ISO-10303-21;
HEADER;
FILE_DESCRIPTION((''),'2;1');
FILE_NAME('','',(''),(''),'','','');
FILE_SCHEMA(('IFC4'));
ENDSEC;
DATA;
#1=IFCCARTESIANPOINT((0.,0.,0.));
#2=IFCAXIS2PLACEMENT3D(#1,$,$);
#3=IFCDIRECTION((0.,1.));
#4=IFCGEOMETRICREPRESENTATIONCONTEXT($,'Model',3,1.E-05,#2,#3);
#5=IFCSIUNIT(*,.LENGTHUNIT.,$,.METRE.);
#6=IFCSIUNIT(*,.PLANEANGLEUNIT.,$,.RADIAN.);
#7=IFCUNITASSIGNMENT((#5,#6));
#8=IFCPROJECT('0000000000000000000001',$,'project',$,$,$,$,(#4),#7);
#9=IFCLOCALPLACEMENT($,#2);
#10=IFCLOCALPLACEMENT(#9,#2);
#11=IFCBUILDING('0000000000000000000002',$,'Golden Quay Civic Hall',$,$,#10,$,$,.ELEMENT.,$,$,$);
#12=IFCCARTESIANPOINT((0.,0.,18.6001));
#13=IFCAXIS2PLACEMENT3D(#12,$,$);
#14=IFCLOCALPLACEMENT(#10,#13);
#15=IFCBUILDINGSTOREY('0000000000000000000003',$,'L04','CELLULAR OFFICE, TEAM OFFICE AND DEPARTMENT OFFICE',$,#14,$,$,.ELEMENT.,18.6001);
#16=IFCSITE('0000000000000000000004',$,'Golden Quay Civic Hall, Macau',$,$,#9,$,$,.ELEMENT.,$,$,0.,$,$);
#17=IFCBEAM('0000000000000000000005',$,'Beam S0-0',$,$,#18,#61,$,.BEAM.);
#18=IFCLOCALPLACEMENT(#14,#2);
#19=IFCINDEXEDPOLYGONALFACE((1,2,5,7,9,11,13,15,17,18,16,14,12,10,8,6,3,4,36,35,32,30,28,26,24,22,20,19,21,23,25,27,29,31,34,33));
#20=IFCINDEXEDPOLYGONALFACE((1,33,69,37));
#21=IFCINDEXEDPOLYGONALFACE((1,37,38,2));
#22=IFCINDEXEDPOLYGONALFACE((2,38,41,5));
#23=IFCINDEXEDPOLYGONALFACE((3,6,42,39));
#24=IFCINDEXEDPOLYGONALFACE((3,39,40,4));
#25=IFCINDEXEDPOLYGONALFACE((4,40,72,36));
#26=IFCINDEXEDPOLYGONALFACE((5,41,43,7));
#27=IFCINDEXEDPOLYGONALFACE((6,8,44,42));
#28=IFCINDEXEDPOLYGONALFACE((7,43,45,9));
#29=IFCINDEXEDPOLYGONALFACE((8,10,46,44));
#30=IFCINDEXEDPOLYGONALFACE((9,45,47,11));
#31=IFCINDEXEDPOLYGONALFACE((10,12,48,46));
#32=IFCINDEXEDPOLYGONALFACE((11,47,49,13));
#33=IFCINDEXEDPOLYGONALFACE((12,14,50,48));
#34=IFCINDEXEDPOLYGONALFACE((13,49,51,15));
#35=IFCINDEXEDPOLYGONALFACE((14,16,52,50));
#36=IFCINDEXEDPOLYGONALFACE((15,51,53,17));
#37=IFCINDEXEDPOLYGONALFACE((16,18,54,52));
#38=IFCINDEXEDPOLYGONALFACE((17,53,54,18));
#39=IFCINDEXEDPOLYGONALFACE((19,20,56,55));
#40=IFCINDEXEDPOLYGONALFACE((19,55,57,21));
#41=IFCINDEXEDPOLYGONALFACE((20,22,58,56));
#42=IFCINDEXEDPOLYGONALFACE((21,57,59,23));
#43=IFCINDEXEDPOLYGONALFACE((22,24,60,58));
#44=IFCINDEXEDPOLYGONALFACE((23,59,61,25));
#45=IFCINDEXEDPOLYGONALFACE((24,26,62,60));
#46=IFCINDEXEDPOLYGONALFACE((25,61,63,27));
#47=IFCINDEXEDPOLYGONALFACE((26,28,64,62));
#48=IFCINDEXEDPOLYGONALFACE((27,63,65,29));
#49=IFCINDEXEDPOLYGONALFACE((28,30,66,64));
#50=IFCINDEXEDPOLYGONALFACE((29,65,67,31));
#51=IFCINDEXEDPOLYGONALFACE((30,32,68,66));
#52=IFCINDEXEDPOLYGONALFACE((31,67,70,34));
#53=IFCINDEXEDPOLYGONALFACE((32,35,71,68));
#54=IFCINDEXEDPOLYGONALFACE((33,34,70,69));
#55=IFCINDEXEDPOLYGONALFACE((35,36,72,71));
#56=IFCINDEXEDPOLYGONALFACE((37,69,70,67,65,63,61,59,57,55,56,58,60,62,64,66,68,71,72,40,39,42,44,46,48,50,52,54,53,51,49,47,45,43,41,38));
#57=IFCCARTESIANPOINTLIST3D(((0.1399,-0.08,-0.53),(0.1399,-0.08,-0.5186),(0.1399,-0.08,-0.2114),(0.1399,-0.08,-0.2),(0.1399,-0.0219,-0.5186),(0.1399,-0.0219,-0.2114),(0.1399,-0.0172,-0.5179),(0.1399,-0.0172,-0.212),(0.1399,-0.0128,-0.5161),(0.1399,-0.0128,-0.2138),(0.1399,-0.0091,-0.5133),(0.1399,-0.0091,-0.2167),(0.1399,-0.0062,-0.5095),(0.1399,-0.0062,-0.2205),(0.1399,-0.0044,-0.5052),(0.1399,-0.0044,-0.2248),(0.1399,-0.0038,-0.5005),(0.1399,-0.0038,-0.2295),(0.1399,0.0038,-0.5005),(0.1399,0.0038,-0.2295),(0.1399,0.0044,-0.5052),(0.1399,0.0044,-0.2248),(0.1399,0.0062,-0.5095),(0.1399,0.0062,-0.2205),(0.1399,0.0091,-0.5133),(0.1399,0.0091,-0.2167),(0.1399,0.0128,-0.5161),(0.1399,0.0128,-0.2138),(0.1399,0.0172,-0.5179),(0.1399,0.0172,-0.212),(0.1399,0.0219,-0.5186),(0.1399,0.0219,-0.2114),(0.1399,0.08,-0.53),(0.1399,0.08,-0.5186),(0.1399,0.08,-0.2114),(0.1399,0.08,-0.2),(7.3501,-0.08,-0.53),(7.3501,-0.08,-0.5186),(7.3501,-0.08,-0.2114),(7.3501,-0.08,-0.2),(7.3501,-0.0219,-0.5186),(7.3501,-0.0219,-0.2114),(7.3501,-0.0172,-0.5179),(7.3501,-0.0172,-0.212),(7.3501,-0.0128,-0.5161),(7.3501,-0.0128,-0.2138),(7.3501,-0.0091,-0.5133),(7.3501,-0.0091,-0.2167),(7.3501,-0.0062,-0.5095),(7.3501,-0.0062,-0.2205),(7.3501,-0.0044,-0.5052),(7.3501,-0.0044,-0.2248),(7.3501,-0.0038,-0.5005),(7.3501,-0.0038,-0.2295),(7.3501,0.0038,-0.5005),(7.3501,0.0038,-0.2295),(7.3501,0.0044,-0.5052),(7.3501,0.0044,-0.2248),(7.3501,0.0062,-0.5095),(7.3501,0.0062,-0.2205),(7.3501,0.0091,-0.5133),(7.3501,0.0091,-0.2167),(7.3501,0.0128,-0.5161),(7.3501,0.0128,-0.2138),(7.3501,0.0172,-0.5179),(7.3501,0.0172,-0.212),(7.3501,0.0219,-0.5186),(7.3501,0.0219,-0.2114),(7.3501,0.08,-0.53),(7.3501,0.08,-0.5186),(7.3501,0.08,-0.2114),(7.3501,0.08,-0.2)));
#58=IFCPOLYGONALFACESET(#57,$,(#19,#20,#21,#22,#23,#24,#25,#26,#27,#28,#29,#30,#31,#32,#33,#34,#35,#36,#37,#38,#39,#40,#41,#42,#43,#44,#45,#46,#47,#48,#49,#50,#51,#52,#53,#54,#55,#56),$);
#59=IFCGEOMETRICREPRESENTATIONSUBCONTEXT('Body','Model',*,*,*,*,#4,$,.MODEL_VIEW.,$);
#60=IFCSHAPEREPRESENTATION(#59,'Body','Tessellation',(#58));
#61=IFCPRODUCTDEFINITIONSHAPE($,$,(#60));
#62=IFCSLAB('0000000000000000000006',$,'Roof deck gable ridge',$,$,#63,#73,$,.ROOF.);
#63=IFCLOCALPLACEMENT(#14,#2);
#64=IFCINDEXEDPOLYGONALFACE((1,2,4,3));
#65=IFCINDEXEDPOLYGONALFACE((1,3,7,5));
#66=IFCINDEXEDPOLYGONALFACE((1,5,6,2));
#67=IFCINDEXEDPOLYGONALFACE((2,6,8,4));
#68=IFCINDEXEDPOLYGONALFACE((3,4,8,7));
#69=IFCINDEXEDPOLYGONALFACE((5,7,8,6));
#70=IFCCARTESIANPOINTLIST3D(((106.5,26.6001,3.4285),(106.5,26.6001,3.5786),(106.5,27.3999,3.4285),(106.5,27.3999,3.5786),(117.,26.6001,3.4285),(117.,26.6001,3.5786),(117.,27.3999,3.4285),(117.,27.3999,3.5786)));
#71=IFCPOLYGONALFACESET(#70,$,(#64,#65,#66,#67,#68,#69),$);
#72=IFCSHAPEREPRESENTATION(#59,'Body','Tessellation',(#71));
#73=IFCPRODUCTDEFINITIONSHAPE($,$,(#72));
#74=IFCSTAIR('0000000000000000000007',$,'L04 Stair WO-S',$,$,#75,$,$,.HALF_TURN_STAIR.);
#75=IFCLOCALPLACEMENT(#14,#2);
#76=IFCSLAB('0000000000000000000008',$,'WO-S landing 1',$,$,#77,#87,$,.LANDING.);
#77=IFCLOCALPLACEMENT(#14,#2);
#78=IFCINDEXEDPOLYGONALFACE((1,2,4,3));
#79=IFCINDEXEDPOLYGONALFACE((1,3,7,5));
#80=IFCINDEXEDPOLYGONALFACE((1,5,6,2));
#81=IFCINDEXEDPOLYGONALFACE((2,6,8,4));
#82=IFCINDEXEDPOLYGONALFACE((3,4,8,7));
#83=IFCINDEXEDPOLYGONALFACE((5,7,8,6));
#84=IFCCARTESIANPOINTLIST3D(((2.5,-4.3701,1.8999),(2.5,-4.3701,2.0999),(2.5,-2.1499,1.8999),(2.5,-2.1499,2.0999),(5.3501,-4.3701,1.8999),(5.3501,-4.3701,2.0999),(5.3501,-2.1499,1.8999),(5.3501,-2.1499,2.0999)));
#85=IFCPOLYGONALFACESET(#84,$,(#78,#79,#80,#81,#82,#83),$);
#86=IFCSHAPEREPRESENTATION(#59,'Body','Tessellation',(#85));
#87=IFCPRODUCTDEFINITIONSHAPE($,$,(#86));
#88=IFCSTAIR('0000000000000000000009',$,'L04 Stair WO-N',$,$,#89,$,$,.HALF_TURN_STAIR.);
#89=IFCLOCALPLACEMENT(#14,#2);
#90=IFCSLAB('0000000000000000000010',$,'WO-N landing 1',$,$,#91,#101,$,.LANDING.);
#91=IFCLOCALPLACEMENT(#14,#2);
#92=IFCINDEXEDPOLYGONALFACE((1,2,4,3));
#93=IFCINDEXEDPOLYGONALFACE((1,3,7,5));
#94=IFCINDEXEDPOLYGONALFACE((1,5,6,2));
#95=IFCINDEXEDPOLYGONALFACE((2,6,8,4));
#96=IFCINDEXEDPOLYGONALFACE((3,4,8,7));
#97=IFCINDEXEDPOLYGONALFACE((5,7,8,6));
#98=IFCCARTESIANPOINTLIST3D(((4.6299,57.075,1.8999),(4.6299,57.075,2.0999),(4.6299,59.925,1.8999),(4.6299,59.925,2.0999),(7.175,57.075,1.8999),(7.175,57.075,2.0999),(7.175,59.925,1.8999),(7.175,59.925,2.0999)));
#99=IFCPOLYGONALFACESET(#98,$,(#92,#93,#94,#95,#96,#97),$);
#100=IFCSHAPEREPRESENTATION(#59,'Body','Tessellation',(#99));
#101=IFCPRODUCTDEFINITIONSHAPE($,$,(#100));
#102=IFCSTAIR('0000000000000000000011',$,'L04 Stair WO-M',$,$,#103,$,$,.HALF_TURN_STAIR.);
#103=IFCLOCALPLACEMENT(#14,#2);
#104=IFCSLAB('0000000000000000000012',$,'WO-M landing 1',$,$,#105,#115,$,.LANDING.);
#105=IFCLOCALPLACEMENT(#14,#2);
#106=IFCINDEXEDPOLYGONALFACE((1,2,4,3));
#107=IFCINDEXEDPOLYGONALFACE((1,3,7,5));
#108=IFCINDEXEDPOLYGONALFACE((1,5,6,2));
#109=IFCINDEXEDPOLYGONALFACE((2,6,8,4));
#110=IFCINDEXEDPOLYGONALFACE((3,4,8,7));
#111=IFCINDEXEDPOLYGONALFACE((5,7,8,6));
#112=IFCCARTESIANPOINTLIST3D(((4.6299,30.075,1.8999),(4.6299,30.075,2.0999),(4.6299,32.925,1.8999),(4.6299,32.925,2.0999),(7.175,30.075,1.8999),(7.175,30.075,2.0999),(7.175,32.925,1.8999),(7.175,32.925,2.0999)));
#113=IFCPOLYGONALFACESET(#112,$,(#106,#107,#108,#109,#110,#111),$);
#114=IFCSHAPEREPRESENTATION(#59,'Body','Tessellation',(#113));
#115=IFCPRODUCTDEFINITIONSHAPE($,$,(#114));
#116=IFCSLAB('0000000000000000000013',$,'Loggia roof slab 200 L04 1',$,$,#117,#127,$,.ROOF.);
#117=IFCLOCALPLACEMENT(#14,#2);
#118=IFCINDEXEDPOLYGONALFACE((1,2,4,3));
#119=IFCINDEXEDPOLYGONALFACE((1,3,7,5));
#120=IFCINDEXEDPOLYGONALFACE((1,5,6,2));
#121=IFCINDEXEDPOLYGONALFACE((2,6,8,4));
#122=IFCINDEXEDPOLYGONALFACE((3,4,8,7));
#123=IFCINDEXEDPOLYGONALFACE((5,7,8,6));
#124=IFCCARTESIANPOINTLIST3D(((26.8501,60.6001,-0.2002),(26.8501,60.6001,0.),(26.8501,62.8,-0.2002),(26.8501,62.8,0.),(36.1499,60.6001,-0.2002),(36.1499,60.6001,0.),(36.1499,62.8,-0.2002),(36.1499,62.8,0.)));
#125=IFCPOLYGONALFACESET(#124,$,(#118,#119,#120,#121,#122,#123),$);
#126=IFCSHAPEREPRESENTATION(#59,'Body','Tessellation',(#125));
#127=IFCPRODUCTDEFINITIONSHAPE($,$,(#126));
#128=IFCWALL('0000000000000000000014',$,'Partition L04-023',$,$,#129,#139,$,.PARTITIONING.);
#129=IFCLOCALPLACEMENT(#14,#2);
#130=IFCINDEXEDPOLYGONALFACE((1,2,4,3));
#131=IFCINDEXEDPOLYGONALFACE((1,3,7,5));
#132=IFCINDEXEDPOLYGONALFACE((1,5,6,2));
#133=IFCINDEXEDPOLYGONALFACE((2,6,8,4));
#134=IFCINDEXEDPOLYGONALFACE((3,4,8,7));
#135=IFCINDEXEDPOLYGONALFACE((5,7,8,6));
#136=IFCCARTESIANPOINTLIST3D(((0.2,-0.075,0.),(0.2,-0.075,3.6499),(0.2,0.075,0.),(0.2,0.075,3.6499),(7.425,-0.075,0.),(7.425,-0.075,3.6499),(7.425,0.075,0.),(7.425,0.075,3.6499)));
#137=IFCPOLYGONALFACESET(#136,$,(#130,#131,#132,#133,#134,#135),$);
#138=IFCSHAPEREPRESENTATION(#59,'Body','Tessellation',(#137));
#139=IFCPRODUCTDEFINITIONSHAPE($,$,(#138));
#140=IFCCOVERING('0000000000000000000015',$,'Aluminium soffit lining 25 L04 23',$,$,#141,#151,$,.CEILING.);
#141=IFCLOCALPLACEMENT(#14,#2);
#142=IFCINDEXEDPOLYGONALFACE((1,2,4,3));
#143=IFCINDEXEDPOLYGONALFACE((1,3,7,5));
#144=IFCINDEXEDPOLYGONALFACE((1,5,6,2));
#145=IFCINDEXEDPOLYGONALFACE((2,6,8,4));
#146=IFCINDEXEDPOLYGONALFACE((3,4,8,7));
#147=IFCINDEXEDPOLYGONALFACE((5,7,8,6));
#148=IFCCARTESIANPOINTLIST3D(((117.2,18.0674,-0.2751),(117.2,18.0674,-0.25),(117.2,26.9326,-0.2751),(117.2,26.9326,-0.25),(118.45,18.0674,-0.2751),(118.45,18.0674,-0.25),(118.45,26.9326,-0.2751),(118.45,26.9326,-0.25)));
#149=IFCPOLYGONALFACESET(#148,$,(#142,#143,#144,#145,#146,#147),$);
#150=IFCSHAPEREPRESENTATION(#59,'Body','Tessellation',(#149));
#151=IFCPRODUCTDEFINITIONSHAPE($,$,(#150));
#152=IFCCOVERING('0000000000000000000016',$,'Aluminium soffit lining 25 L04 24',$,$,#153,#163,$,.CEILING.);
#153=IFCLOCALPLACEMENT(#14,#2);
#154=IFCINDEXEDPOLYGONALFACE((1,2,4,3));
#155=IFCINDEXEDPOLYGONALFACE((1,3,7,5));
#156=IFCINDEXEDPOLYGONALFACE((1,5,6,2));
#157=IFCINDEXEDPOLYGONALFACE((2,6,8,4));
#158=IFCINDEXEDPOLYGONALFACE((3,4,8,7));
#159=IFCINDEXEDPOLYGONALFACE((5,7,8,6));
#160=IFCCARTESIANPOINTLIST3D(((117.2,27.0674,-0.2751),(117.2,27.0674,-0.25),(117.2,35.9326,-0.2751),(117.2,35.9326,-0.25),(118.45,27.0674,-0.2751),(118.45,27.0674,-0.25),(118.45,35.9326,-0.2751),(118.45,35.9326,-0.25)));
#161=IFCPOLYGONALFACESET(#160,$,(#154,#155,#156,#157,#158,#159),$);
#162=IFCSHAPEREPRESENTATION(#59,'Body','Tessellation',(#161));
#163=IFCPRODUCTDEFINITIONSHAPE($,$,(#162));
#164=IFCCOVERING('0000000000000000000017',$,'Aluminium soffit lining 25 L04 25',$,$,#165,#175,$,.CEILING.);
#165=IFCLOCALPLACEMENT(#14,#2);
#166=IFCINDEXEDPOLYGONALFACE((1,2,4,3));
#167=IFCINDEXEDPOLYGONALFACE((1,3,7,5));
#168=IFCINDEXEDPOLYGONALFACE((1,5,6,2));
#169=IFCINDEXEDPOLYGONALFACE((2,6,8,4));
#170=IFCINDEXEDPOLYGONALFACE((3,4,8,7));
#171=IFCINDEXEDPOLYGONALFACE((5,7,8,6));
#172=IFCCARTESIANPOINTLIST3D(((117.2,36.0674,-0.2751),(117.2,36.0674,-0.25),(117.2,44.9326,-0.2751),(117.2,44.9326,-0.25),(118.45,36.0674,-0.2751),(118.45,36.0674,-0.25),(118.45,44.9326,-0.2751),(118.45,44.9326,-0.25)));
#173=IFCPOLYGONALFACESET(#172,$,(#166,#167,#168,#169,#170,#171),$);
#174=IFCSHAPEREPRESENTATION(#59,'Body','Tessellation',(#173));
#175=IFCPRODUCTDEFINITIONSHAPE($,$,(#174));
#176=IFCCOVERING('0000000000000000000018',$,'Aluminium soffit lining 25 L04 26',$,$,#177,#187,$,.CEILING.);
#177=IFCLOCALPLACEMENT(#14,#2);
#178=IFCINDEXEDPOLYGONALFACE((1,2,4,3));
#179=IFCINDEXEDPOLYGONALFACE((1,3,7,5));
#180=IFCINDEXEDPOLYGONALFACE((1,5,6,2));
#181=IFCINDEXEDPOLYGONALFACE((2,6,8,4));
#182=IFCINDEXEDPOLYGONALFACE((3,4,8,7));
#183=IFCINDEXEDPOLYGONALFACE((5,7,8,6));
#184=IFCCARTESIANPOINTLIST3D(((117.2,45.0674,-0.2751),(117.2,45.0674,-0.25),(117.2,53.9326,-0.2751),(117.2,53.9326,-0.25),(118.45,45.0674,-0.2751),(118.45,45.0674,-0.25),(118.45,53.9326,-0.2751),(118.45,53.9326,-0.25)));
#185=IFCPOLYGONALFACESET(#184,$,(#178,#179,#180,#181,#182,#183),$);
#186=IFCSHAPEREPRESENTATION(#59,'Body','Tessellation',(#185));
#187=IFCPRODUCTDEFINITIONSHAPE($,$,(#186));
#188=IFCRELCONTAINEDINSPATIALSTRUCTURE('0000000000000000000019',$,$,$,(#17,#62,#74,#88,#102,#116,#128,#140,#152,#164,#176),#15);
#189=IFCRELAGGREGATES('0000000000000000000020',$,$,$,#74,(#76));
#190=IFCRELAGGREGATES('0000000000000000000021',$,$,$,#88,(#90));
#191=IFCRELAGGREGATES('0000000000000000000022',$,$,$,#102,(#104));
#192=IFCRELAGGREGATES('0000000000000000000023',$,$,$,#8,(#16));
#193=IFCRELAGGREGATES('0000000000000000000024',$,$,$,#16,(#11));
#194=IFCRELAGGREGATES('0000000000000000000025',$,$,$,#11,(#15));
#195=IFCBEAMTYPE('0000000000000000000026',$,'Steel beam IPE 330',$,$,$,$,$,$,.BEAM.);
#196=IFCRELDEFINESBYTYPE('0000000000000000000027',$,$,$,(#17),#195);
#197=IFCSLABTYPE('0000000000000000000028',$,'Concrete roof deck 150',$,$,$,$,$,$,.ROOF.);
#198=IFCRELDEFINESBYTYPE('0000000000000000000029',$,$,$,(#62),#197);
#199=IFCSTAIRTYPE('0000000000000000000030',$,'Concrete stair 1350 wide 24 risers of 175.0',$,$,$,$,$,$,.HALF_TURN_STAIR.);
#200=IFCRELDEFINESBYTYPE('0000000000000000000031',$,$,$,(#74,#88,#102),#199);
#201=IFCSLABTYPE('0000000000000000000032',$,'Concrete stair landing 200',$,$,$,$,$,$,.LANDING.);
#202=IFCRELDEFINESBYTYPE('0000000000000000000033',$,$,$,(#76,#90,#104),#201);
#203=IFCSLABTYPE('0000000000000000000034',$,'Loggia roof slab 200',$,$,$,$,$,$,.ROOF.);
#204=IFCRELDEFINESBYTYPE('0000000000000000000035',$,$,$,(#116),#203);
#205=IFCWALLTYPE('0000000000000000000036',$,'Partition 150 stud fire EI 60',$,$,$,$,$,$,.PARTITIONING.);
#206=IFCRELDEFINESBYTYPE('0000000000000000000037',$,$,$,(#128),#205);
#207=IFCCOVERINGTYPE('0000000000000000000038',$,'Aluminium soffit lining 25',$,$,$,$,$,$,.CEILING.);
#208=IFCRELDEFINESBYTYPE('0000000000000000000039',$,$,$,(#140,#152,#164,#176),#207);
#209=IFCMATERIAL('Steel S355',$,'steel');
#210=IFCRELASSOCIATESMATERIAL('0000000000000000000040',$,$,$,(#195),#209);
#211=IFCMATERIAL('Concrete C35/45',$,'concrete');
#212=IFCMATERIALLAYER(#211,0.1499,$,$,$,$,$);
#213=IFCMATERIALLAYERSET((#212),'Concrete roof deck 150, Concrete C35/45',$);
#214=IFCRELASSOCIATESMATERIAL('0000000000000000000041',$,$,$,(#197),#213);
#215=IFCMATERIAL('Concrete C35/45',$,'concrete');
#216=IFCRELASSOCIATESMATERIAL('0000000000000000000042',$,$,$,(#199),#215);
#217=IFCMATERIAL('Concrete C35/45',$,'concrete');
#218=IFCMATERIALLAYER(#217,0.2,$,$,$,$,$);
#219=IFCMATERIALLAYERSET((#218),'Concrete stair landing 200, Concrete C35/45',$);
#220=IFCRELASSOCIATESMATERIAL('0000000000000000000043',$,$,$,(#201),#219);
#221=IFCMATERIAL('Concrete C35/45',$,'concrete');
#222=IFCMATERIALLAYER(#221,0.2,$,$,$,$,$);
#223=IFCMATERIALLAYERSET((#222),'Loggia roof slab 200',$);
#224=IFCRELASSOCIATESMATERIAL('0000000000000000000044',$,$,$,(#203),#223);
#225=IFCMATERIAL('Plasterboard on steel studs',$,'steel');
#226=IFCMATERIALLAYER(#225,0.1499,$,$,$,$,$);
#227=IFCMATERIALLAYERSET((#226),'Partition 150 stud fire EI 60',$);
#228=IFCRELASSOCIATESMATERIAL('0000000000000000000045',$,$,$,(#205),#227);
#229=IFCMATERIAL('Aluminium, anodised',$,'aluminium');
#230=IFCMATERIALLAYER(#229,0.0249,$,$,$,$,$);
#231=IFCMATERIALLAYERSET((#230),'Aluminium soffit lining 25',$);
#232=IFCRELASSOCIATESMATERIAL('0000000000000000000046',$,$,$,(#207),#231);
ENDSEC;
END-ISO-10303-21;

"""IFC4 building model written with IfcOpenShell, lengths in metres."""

from ifc_helpers import new_model, si_unit, direction, frame, frame_2d, origin, origin_2d, place, context, subcontext, project, spatial, polyline, rectangle, i_section, outline, extrude, material, layer, layer_set, material_profile, profile_set, type_object, element, aggregate, save


model = new_model("IFC4")

# Units and contexts
model_context = context("Model", 3, precision=1e-05, world=origin(), true_north=direction((0.0, 1.0)))
body_context = subcontext(model_context, "Body", "Model", "MODEL_VIEW")
ifc_project = project(units=[si_unit("LENGTHUNIT", "METRE"), si_unit("PLANEANGLEUNIT", "RADIAN")], contexts=[model_context])

# Site, building, storey
site_placement = place(None, origin())
site = spatial("IfcSite", under=ifc_project, at=site_placement, Name="Golden Quay Civic Hall, Macau", CompositionType="ELEMENT", RefElevation=0.0)
building_placement = place(site_placement, origin())
building = spatial("IfcBuilding", under=site, at=building_placement, Name="Golden Quay Civic Hall", CompositionType="ELEMENT")
storey_placement = place(building_placement, frame((0.0, 0.0, 18.6001)))
storey = spatial("IfcBuildingStorey", under=building, at=storey_placement, Name="L04", Description="CELLULAR OFFICE, TEAM OFFICE AND DEPARTMENT OFFICE", CompositionType="ELEMENT", Elevation=18.6001)

# Beam
ifc_material_1 = material(Name="Steel S355", Category="steel")
ifc_material_profile = material_profile(ifc_material_1, i_section(OverallWidth=0.1599, OverallDepth=0.3301, WebThickness=0.0076, FlangeThickness=0.0115, FilletRadius=0.0181, at=origin_2d()), Name="IPE 330")
ifc_profile_set = profile_set([ifc_material_profile], Name="Steel S355")
beam_type = type_object("IfcBeamType", Name="Steel beam IPE 330", PredefinedType="BEAM", material=ifc_profile_set)
beam_placement = place(storey_placement, frame((0.1399, 0.0, -0.365), z_axis=(1.0, 0.0, 0.0), x_axis=(0.0, 1.0, 0.0)))
element("IfcBeam", 1, at=beam_placement, inside=storey, type_object=beam_type, Name="Beam S0-0", PredefinedType="BEAM", context=body_context, shape_type="SweptSolid", body=[
    extrude(i_section(OverallWidth=0.1599, OverallDepth=0.3301, WebThickness=0.0076, FlangeThickness=0.0115, FilletRadius=0.0181, at=origin_2d()), origin(), (0.0, 0.0, 1.0), 7.2102),
])

# Slab
ifc_material_2 = material(Name="Concrete C35/45", Category="concrete")
ifc_layer_1 = layer(ifc_material_2, 0.1499)
ifc_layer_set_1 = layer_set([ifc_layer_1], Name="Concrete roof deck 150, Concrete C35/45")
slab_type_1 = type_object("IfcSlabType", Name="Concrete roof deck 150", PredefinedType="ROOF", material=ifc_layer_set_1)
slab_1_placement = place(storey_placement, frame((0.0, 0.0, 3.4285)))
element("IfcSlab", 2, at=slab_1_placement, inside=storey, type_object=slab_type_1, Name="Roof deck gable ridge", PredefinedType="ROOF", context=body_context, shape_type="SweptSolid", body=[
    extrude(outline(polyline([(106.5, 26.6001), (117.0, 26.6001), (117.0, 27.3999), (106.5, 27.3999), (106.5, 26.6001)])), origin(), (0.0, 0.0, 1.0), 0.1501),
])

# Stairs, slabs
ifc_material_3 = material(Name="Concrete C35/45", Category="concrete")
stair_type = type_object("IfcStairType", Name="Concrete stair 1350 wide 24 risers of 175.0", PredefinedType="HALF_TURN_STAIR", material=ifc_material_3)
stair_1_placement = place(storey_placement, origin())
stair_1 = element("IfcStair", 3, at=stair_1_placement, inside=storey, type_object=stair_type, Name="L04 Stair WO-S", PredefinedType="HALF_TURN_STAIR")
ifc_material_4 = material(Name="Concrete C35/45", Category="concrete")
ifc_layer_2 = layer(ifc_material_4, 0.2)
ifc_layer_set_2 = layer_set([ifc_layer_2], Name="Concrete stair landing 200, Concrete C35/45")
slab_type_2 = type_object("IfcSlabType", Name="Concrete stair landing 200", PredefinedType="LANDING", material=ifc_layer_set_2)
slab_2_placement = place(storey_placement, frame((0.0, 0.0, 1.8999)))
slab_2 = element("IfcSlab", 4, at=slab_2_placement, type_object=slab_type_2, Name="WO-S landing 1", PredefinedType="LANDING", context=body_context, shape_type="SweptSolid", body=[
    extrude(outline(polyline([(5.3501, -4.3701), (5.3501, -2.1499), (2.5, -2.1499), (2.5, -4.3701), (5.3501, -4.3701)])), origin(), (0.0, 0.0, 1.0), 0.2),
])
aggregate(stair_1, [slab_2])
stair_2_placement = place(storey_placement, origin())
stair_2 = element("IfcStair", 5, at=stair_2_placement, inside=storey, type_object=stair_type, Name="L04 Stair WO-N", PredefinedType="HALF_TURN_STAIR")
slab_3_placement = place(storey_placement, frame((0.0, 0.0, 1.8999)))
slab_3 = element("IfcSlab", 6, at=slab_3_placement, type_object=slab_type_2, Name="WO-N landing 1", PredefinedType="LANDING", context=body_context, shape_type="SweptSolid", body=[
    extrude(outline(polyline([(4.6299, 57.075), (7.175, 57.075), (7.175, 59.925), (4.6299, 59.925), (4.6299, 57.075)])), origin(), (0.0, 0.0, 1.0), 0.2),
])
aggregate(stair_2, [slab_3])
stair_3_placement = place(storey_placement, origin())
stair_3 = element("IfcStair", 7, at=stair_3_placement, inside=storey, type_object=stair_type, Name="L04 Stair WO-M", PredefinedType="HALF_TURN_STAIR")
slab_4_placement = place(storey_placement, frame((0.0, 0.0, 1.8999)))
slab_4 = element("IfcSlab", 8, at=slab_4_placement, type_object=slab_type_2, Name="WO-M landing 1", PredefinedType="LANDING", context=body_context, shape_type="SweptSolid", body=[
    extrude(outline(polyline([(4.6299, 30.075), (7.175, 30.075), (7.175, 32.925), (4.6299, 32.925), (4.6299, 30.075)])), origin(), (0.0, 0.0, 1.0), 0.2),
])
aggregate(stair_3, [slab_4])

# Slab
ifc_material_5 = material(Name="Concrete C35/45", Category="concrete")
ifc_layer_3 = layer(ifc_material_5, 0.2)
ifc_layer_set_3 = layer_set([ifc_layer_3], Name="Loggia roof slab 200")
slab_type_3 = type_object("IfcSlabType", Name="Loggia roof slab 200", PredefinedType="ROOF", material=ifc_layer_set_3)
slab_5_placement = place(storey_placement, frame((0.0, 0.0, -0.2002)))
element("IfcSlab", 9, at=slab_5_placement, inside=storey, type_object=slab_type_3, Name="Loggia roof slab 200 L04 1", PredefinedType="ROOF", context=body_context, shape_type="SweptSolid", body=[
    extrude(outline(polyline([(26.8501, 62.8), (36.1499, 62.8), (36.1499, 60.6001), (26.8501, 60.6001), (26.8501, 62.8)])), origin(), (0.0, 0.0, 1.0), 0.2002),
])

# Wall
ifc_material_6 = material(Name="Plasterboard on steel studs", Category="steel")
ifc_layer_4 = layer(ifc_material_6, 0.1499)
ifc_layer_set_4 = layer_set([ifc_layer_4], Name="Partition 150 stud fire EI 60")
wall_type = type_object("IfcWallType", Name="Partition 150 stud fire EI 60", PredefinedType="PARTITIONING", material=ifc_layer_set_4)
wall_placement = place(storey_placement, frame((0.2, 0.0, 0.0), z_axis=(0.0, 0.0, 1.0), x_axis=(1.0, 0.0, 0.0)))
element("IfcWall", 10, at=wall_placement, inside=storey, type_object=wall_type, Name="Partition L04-023", PredefinedType="PARTITIONING", context=body_context, shape_type="SweptSolid", body=[
    extrude(rectangle(XDim=7.2251, YDim=0.1499, at=frame_2d((3.6125, 0.0))), origin(), (0.0, 0.0, 1.0), 3.6499),
])

# Coverings
ifc_material_7 = material(Name="Aluminium, anodised", Category="aluminium")
ifc_layer_5 = layer(ifc_material_7, 0.0249)
ifc_layer_set_5 = layer_set([ifc_layer_5], Name="Aluminium soffit lining 25")
covering_type_1 = type_object("IfcCoveringType", Name="Aluminium soffit lining 25", PredefinedType="CEILING", material=ifc_layer_set_5)
covering_1_placement = place(storey_placement, frame((0.0, 0.0, -0.2751)))
element("IfcCovering", 11, at=covering_1_placement, inside=storey, type_object=covering_type_1, Name="Aluminium soffit lining 25 L04 23", PredefinedType="CEILING", context=body_context, shape_type="SweptSolid", body=[
    extrude(outline(polyline([(117.2, 26.9326), (118.45, 26.9326), (118.45, 18.0674), (117.2, 18.0674), (117.2, 26.9326)])), origin(), (0.0, 0.0, 1.0), 0.0251),
])
covering_2_placement = place(storey_placement, frame((0.0, 0.0, -0.2751)))
element("IfcCovering", 12, at=covering_2_placement, inside=storey, type_object=covering_type_1, Name="Aluminium soffit lining 25 L04 24", PredefinedType="CEILING", context=body_context, shape_type="SweptSolid", body=[
    extrude(outline(polyline([(117.2, 35.9326), (118.45, 35.9326), (118.45, 27.0674), (117.2, 27.0674), (117.2, 35.9326)])), origin(), (0.0, 0.0, 1.0), 0.0251),
])
covering_3_placement = place(storey_placement, frame((0.0, 0.0, -0.2751)))
element("IfcCovering", 13, at=covering_3_placement, inside=storey, type_object=covering_type_1, Name="Aluminium soffit lining 25 L04 25", PredefinedType="CEILING", context=body_context, shape_type="SweptSolid", body=[
    extrude(outline(polyline([(117.2, 44.9326), (118.45, 44.9326), (118.45, 36.0674), (117.2, 36.0674), (117.2, 44.9326)])), origin(), (0.0, 0.0, 1.0), 0.0251),
])
covering_4_placement = place(storey_placement, frame((0.0, 0.0, -0.2751)))
element("IfcCovering", 14, at=covering_4_placement, inside=storey, type_object=covering_type_1, Name="Aluminium soffit lining 25 L04 26", PredefinedType="CEILING", context=body_context, shape_type="SweptSolid", body=[
    extrude(outline(polyline([(117.2, 53.9326), (118.45, 53.9326), (118.45, 45.0674), (117.2, 45.0674), (117.2, 53.9326)])), origin(), (0.0, 0.0, 1.0), 0.0251),
])

save(model, "model.ifc")
